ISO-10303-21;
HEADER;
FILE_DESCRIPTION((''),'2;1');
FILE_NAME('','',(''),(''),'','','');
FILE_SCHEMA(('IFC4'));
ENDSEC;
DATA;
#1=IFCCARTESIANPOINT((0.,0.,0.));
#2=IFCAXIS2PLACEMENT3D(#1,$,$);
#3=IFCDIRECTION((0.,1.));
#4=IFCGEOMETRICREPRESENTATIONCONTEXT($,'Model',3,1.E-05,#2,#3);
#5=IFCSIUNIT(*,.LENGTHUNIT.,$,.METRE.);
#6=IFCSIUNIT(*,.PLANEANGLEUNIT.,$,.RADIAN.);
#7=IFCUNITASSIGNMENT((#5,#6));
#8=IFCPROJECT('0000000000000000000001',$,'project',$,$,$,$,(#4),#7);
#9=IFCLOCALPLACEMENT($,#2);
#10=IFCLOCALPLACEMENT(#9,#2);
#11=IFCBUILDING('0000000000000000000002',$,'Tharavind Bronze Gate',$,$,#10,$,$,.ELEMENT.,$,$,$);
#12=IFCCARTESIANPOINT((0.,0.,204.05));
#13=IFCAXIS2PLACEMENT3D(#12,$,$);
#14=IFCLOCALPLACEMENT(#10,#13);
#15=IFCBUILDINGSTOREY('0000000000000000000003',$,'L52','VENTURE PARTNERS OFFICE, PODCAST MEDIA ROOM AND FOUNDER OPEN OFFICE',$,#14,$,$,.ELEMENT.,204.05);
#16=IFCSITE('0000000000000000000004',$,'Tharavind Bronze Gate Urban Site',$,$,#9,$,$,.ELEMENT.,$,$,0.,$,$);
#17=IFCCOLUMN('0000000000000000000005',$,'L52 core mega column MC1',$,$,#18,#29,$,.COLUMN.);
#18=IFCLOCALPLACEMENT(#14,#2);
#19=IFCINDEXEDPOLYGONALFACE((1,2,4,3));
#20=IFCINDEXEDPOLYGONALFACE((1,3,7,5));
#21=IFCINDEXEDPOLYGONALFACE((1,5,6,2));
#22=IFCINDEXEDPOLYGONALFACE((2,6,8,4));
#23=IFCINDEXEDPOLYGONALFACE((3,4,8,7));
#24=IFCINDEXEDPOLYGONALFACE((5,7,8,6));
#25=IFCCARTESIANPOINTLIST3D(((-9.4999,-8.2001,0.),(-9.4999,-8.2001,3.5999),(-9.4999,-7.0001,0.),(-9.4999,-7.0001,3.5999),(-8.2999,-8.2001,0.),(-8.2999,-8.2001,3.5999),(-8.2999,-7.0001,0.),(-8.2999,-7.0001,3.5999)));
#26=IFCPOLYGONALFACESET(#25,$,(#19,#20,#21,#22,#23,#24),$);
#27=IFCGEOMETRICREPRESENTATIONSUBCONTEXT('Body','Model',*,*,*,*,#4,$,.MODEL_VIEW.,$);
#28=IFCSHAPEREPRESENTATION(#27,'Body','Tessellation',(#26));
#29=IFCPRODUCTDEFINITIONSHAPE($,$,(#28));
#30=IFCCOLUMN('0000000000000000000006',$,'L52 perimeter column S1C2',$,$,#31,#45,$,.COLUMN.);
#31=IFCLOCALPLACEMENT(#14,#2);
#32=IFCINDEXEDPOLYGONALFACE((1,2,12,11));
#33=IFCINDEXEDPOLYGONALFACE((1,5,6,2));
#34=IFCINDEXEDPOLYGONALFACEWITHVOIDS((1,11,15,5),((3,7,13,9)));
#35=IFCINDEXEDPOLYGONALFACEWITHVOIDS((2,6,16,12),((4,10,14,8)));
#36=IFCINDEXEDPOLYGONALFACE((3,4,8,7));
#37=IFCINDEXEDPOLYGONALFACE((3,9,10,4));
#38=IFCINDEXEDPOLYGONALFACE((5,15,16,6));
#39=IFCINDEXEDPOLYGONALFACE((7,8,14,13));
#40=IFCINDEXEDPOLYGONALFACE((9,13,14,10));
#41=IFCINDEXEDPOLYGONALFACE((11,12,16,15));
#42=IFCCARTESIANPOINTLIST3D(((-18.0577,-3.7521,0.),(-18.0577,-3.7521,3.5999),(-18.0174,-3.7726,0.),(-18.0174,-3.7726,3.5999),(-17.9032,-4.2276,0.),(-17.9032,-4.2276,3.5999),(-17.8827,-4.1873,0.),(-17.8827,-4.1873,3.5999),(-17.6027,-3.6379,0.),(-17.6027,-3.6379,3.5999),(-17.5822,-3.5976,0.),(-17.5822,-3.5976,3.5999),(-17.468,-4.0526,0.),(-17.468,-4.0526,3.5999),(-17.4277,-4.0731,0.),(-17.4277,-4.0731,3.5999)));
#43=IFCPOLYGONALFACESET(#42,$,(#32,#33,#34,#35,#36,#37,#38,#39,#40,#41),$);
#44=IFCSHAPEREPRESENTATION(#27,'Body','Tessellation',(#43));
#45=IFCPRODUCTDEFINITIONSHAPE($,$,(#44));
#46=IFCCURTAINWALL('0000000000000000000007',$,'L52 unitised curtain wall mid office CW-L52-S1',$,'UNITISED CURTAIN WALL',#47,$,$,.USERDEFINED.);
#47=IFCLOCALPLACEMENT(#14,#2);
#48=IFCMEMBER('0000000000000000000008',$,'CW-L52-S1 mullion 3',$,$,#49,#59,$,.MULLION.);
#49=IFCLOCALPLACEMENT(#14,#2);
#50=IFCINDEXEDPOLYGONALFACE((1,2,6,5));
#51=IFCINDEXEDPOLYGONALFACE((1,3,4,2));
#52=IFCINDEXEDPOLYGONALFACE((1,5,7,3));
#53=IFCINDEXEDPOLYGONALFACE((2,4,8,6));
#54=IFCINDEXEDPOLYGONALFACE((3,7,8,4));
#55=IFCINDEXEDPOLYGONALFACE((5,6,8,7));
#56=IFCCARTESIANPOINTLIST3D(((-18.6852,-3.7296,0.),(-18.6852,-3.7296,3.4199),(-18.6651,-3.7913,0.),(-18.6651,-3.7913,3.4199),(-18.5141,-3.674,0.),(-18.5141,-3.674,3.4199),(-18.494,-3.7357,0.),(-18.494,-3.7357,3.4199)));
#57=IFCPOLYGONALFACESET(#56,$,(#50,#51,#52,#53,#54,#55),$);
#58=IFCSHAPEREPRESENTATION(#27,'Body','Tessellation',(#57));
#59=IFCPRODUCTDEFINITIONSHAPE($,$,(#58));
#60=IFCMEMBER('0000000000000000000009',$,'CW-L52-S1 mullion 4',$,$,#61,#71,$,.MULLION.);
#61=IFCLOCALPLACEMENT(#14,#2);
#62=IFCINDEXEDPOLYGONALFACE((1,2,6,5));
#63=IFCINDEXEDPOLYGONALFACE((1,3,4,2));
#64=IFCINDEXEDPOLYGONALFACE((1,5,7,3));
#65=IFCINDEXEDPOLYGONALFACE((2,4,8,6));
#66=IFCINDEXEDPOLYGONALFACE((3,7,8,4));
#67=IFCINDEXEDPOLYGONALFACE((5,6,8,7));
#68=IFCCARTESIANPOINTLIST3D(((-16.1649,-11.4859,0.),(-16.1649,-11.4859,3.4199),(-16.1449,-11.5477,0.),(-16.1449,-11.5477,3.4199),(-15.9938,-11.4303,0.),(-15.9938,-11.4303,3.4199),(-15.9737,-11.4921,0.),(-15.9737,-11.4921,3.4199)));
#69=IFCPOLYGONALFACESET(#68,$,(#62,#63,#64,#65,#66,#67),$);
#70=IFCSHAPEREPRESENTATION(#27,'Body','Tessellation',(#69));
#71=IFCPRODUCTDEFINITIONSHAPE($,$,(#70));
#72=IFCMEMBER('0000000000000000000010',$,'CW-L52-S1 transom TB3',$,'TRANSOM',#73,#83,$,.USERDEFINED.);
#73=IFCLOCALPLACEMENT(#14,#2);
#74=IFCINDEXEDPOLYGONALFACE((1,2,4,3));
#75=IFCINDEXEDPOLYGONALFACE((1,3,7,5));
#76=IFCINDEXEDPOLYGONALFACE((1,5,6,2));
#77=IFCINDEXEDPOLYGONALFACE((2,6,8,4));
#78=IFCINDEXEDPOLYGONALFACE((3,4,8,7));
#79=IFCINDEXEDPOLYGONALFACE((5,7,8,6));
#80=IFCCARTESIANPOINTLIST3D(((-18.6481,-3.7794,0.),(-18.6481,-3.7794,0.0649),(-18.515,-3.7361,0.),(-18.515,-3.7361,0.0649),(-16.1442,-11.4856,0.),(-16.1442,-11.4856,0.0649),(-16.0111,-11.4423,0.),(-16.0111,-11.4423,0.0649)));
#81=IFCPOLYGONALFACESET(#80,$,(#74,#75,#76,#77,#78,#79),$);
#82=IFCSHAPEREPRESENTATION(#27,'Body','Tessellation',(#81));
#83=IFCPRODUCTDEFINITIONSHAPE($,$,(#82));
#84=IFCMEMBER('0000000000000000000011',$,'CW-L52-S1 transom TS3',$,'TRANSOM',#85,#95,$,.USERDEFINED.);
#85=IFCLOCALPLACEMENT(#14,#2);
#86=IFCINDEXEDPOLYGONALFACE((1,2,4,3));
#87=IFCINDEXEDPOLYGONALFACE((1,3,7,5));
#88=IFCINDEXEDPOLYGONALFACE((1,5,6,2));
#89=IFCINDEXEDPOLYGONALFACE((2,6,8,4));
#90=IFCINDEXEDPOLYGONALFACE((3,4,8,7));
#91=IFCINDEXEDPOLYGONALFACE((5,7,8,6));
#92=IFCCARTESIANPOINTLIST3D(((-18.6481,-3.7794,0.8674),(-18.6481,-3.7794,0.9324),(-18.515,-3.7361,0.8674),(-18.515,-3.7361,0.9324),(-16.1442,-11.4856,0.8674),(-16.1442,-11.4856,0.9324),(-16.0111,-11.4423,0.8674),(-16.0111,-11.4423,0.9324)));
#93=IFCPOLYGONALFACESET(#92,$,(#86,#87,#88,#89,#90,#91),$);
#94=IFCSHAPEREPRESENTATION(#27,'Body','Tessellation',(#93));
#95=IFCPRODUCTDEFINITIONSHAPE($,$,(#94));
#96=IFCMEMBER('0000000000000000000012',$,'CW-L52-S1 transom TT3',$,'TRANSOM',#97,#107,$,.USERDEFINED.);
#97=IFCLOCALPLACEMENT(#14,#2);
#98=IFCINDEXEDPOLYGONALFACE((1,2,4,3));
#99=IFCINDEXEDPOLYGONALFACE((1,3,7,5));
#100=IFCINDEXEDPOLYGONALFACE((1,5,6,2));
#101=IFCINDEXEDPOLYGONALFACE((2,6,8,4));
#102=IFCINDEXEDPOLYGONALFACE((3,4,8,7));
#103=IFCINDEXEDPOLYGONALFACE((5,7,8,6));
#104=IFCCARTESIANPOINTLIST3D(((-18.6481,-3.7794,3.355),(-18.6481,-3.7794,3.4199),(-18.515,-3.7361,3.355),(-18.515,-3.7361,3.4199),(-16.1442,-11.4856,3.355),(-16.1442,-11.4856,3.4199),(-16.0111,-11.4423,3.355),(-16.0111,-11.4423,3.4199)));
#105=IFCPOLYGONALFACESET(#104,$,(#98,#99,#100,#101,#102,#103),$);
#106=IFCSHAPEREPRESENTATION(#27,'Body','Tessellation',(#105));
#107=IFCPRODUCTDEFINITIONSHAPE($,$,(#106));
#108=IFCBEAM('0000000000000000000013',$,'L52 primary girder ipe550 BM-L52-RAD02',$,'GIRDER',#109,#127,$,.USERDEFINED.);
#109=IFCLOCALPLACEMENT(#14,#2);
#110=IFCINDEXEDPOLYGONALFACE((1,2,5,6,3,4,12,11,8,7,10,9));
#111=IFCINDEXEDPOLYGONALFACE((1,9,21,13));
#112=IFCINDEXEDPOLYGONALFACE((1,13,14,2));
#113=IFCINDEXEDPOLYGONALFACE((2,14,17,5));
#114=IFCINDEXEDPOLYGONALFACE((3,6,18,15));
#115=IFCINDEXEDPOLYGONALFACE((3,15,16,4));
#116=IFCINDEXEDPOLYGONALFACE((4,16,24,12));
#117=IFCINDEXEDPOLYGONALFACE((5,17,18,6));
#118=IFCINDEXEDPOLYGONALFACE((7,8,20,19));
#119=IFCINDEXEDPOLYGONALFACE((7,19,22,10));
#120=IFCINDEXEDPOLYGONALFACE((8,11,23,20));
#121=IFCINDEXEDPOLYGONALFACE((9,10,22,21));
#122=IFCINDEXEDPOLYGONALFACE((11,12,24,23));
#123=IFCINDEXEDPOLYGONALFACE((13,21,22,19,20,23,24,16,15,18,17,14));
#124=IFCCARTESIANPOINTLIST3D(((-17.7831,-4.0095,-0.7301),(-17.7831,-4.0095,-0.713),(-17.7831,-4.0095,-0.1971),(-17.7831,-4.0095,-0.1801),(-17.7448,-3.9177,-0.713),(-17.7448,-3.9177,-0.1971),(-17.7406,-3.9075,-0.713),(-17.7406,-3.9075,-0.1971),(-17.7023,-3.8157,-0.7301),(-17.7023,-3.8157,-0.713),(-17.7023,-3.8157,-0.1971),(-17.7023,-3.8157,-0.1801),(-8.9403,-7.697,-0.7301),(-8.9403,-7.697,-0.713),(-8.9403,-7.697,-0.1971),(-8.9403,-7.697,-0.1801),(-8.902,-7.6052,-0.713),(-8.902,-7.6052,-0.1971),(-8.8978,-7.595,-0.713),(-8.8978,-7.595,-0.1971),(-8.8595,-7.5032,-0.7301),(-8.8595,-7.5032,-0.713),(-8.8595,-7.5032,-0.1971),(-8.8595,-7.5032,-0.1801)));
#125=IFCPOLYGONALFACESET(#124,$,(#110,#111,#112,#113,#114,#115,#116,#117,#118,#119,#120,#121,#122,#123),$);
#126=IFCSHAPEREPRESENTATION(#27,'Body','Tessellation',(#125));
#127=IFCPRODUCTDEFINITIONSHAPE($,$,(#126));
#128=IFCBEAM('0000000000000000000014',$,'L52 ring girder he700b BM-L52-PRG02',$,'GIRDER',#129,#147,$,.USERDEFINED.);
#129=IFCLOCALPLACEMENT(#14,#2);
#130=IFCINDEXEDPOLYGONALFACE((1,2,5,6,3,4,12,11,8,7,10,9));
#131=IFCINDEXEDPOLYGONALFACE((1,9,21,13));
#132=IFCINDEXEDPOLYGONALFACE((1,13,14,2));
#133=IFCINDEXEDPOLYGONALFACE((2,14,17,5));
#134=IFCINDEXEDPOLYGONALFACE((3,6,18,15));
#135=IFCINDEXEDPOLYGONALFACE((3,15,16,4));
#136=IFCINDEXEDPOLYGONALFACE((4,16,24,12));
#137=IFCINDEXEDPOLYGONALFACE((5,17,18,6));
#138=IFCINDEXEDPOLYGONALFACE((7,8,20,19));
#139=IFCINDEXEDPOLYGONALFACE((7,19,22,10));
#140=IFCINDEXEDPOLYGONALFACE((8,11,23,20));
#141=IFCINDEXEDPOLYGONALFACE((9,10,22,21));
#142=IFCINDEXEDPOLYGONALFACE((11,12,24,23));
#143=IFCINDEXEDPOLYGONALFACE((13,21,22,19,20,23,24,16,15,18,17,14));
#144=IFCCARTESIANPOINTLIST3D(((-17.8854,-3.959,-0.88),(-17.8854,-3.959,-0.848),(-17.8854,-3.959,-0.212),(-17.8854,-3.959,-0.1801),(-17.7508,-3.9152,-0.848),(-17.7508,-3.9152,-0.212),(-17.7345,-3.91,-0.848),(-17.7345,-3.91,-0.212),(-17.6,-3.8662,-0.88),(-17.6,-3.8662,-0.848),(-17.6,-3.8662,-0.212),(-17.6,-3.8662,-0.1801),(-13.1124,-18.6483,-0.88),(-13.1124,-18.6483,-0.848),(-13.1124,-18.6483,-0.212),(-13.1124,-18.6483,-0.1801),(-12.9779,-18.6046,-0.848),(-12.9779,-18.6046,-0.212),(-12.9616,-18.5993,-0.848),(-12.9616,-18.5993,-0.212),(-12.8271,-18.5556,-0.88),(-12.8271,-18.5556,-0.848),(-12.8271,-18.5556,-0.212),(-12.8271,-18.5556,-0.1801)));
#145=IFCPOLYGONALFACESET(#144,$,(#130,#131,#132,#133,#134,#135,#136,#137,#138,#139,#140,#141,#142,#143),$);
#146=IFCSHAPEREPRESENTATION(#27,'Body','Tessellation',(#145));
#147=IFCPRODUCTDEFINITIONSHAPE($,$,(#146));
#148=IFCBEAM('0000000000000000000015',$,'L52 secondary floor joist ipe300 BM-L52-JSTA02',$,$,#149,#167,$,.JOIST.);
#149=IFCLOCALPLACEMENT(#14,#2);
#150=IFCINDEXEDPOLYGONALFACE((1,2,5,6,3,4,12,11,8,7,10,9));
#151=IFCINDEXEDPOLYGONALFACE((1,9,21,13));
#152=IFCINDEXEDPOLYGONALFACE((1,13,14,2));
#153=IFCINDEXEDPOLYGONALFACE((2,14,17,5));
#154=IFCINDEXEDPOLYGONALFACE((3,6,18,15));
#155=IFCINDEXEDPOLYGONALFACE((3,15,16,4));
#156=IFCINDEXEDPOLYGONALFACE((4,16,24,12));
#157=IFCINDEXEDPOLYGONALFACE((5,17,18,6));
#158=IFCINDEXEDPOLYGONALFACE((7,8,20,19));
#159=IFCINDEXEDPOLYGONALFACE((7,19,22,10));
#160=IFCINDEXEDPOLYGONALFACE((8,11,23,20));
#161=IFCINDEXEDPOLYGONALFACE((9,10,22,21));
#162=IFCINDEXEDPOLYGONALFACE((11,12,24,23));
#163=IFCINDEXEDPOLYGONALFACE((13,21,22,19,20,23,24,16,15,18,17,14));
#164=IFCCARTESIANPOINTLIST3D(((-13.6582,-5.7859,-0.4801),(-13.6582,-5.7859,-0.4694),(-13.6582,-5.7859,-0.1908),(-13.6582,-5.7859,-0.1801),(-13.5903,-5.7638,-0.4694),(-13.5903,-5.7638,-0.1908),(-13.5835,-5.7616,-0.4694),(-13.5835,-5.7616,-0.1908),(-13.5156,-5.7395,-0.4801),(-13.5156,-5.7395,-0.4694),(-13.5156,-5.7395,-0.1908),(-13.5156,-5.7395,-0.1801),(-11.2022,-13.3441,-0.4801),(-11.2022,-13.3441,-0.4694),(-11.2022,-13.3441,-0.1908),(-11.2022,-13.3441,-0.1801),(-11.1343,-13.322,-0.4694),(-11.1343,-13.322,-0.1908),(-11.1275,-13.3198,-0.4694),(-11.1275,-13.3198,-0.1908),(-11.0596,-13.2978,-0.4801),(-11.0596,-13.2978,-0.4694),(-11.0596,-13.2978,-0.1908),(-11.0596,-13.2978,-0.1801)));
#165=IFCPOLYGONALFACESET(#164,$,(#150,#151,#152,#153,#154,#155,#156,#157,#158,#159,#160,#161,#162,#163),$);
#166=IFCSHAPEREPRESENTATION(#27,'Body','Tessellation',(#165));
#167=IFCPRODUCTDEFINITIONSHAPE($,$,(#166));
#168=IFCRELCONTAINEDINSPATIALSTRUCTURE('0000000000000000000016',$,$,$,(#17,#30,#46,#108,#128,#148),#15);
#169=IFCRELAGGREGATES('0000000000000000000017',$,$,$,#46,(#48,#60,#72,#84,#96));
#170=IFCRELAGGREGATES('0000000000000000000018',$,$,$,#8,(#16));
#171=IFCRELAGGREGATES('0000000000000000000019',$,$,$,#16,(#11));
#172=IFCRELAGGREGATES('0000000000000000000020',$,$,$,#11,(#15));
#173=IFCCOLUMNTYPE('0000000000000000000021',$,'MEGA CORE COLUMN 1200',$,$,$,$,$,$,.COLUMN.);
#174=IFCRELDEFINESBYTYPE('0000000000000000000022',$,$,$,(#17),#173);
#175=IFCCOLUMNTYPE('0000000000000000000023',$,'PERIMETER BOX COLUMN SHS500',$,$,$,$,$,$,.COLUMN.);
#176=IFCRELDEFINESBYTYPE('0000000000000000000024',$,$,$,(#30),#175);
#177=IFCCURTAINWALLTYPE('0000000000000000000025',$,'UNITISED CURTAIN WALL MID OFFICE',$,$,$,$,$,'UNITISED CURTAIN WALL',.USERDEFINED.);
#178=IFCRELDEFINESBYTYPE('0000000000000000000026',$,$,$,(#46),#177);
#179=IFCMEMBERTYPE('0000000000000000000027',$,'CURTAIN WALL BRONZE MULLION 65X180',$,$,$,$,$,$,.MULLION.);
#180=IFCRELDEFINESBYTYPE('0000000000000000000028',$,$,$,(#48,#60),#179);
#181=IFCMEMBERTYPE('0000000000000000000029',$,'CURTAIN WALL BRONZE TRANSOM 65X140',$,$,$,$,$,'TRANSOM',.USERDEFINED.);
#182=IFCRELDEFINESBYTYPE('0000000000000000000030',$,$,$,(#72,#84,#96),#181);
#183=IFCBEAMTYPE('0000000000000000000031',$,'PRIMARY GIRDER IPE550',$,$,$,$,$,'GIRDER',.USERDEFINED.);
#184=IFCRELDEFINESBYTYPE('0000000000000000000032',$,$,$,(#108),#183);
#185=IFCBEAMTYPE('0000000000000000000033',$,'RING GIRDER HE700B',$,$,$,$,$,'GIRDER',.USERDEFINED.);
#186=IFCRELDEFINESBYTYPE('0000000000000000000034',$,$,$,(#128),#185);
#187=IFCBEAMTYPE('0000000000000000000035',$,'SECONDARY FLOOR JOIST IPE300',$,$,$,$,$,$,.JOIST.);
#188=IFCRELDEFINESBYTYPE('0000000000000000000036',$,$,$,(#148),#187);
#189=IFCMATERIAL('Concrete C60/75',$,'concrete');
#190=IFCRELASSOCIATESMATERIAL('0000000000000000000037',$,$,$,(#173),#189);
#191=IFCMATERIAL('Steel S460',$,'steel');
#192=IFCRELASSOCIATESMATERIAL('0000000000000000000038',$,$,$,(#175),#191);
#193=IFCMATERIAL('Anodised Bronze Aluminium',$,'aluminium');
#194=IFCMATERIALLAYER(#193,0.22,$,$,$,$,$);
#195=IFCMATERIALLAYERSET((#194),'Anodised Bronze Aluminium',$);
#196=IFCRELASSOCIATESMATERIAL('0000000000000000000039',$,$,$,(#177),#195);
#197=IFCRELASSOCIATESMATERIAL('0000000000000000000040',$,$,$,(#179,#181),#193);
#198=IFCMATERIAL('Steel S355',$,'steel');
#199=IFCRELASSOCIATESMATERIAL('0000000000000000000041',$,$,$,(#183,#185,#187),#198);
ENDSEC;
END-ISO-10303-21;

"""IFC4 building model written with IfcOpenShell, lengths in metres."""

from ifc_helpers import new_model, si_unit, direction, frame, origin, origin_2d, place, context, subcontext, project, spatial, rectangle, hollow_rectangle, i_section, extrude, material, layer, layer_set, material_profile, profile_set, type_object, element, aggregate, save


model = new_model("IFC4")

# Units and contexts
model_context = context("Model", 3, precision=1e-05, world=origin(), true_north=direction((0.0, 1.0)))
body_context = subcontext(model_context, "Body", "Model", "MODEL_VIEW")
ifc_project = project(units=[si_unit("LENGTHUNIT", "METRE"), si_unit("PLANEANGLEUNIT", "RADIAN")], contexts=[model_context])

# Site, building, storey
site_placement = place(None, origin())
site = spatial("IfcSite", under=ifc_project, at=site_placement, Name="Tharavind Bronze Gate Urban Site", CompositionType="ELEMENT", RefElevation=0.0)
building_placement = place(site_placement, origin())
building = spatial("IfcBuilding", under=site, at=building_placement, Name="Tharavind Bronze Gate", CompositionType="ELEMENT")
storey_placement = place(building_placement, frame((0.0, 0.0, 204.05)))
storey = spatial("IfcBuildingStorey", under=building, at=storey_placement, Name="L52", Description="VENTURE PARTNERS OFFICE, PODCAST MEDIA ROOM AND FOUNDER OPEN OFFICE", CompositionType="ELEMENT", Elevation=204.05)

# Columns
ifc_material_1 = material(Name="Concrete C60/75", Category="concrete")
ifc_material_profile_1 = material_profile(ifc_material_1, rectangle(XDim=1.2, YDim=1.2, at=origin_2d()), Name="RCCOL1200")
ifc_profile_set_1 = profile_set([ifc_material_profile_1], Name="Concrete C60/75")
column_type_1 = type_object("IfcColumnType", Name="MEGA CORE COLUMN 1200", PredefinedType="COLUMN", material=ifc_profile_set_1)
column_1_placement = place(storey_placement, frame((-8.8999, -7.6001, 0.0), z_axis=(0.0, 0.0, 1.0), x_axis=(1.0, 0.0, 0.0)))
element("IfcColumn", 1, at=column_1_placement, inside=storey, type_object=column_type_1, Name="L52 core mega column MC1", PredefinedType="COLUMN", context=body_context, shape_type="SweptSolid", body=[
    extrude(rectangle(XDim=1.2, YDim=1.2, at=origin_2d()), origin(), (0.0, 0.0, 1.0), 3.5999),
])
ifc_material_2 = material(Name="Steel S460", Category="steel")
ifc_material_profile_2 = material_profile(ifc_material_2, hollow_rectangle(XDim=0.5, YDim=0.5, WallThickness=0.032, at=origin_2d()), Name="SHS500X32")
ifc_profile_set_2 = profile_set([ifc_material_profile_2], Name="Steel S460")
column_type_2 = type_object("IfcColumnType", Name="PERIMETER BOX COLUMN SHS500", PredefinedType="COLUMN", material=ifc_profile_set_2)
column_2_placement = place(storey_placement, frame((-17.7427, -3.9126, 0.0), z_axis=(0.0, 0.0, 1.0), x_axis=(-0.309017, 0.951057, 0.0)))
element("IfcColumn", 2, at=column_2_placement, inside=storey, type_object=column_type_2, Name="L52 perimeter column S1C2", PredefinedType="COLUMN", context=body_context, shape_type="SweptSolid", body=[
    extrude(hollow_rectangle(XDim=0.5, YDim=0.5, WallThickness=0.032, at=origin_2d()), origin(), (0.0, 0.0, 1.0), 3.5999),
])

# Curtain wall, members
ifc_material_3 = material(Name="Anodised Bronze Aluminium", Category="aluminium")
ifc_layer_1 = layer(ifc_material_3, 0.22)
ifc_layer_set_1 = layer_set([ifc_layer_1], Name="Anodised Bronze Aluminium")
curtain_wall_type = type_object("IfcCurtainWallType", Name="UNITISED CURTAIN WALL MID OFFICE", ElementType="UNITISED CURTAIN WALL", PredefinedType="USERDEFINED", material=ifc_layer_set_1)
curtain_wall_placement = place(storey_placement, origin())
curtain_wall = element("IfcCurtainWall", 3, at=curtain_wall_placement, inside=storey, type_object=curtain_wall_type, Name="L52 unitised curtain wall mid office CW-L52-S1", ObjectType="UNITISED CURTAIN WALL", PredefinedType="USERDEFINED")
member_type_1 = type_object("IfcMemberType", Name="CURTAIN WALL BRONZE MULLION 65X180", PredefinedType="MULLION", material=ifc_material_3)
member_1_placement = place(storey_placement, frame((-18.5896, -3.7327, 0.0), z_axis=(0.0, 0.0, 1.0), x_axis=(0.309017, -0.951057, 0.0)))
member_1 = element("IfcMember", 4, at=member_1_placement, type_object=member_type_1, Name="CW-L52-S1 mullion 3", PredefinedType="MULLION", context=body_context, shape_type="SweptSolid", body=[
    extrude(rectangle(XDim=0.0649, YDim=0.1799, at=origin_2d()), origin(), (0.0, 0.0, 1.0), 3.4199),
])
member_2_placement = place(storey_placement, frame((-16.0693, -11.489, 0.0), z_axis=(0.0, 0.0, 1.0), x_axis=(0.309017, -0.951057, 0.0)))
member_2 = element("IfcMember", 5, at=member_2_placement, type_object=member_type_1, Name="CW-L52-S1 mullion 4", PredefinedType="MULLION", context=body_context, shape_type="SweptSolid", body=[
    extrude(rectangle(XDim=0.0649, YDim=0.1799, at=origin_2d()), origin(), (0.0, 0.0, 1.0), 3.4199),
])
member_type_2 = type_object("IfcMemberType", Name="CURTAIN WALL BRONZE TRANSOM 65X140", ElementType="TRANSOM", PredefinedType="USERDEFINED", material=ifc_material_3)
member_3_placement = place(storey_placement, frame((-17.3296, -7.6108, 0.0), z_axis=(0.0, 0.0, 1.0), x_axis=(0.309017, -0.951057, 0.0)))
member_3 = element("IfcMember", 6, at=member_3_placement, type_object=member_type_2, Name="CW-L52-S1 transom TB3", ObjectType="TRANSOM", PredefinedType="USERDEFINED", context=body_context, shape_type="SweptSolid", body=[
    extrude(rectangle(XDim=8.1028, YDim=0.1399, at=origin_2d()), origin(), (0.0, 0.0, 1.0), 0.0649),
])
member_4_placement = place(storey_placement, frame((-17.3296, -7.6108, 0.8674), z_axis=(0.0, 0.0, 1.0), x_axis=(0.309017, -0.951057, 0.0)))
member_4 = element("IfcMember", 7, at=member_4_placement, type_object=member_type_2, Name="CW-L52-S1 transom TS3", ObjectType="TRANSOM", PredefinedType="USERDEFINED", context=body_context, shape_type="SweptSolid", body=[
    extrude(rectangle(XDim=8.1028, YDim=0.1399, at=origin_2d()), origin(), (0.0, 0.0, 1.0), 0.0649),
])
member_5_placement = place(storey_placement, frame((-17.3296, -7.6108, 3.355), z_axis=(0.0, 0.0, 1.0), x_axis=(0.309017, -0.951057, 0.0)))
member_5 = element("IfcMember", 8, at=member_5_placement, type_object=member_type_2, Name="CW-L52-S1 transom TT3", ObjectType="TRANSOM", PredefinedType="USERDEFINED", context=body_context, shape_type="SweptSolid", body=[
    extrude(rectangle(XDim=8.1028, YDim=0.1399, at=origin_2d()), origin(), (0.0, 0.0, 1.0), 0.0649),
])

# Beams
ifc_material_4 = material(Name="Steel S355", Category="steel")
ifc_material_profile_3 = material_profile(ifc_material_4, i_section(OverallWidth=0.21, OverallDepth=0.55, WebThickness=0.011, FlangeThickness=0.0171, at=origin_2d()), Name="IPE550")
ifc_profile_set_3 = profile_set([ifc_material_profile_3], Name="Steel S355")
beam_type_1 = type_object("IfcBeamType", Name="PRIMARY GIRDER IPE550", ElementType="GIRDER", PredefinedType="USERDEFINED", material=ifc_profile_set_3)
beam_1_placement = place(storey_placement, frame((-17.7427, -3.9126, -0.4551), z_axis=(0.922965, -0.384883, 0.0), x_axis=(0.384883, 0.922965, 0.0)))
element("IfcBeam", 9, at=beam_1_placement, inside=storey, type_object=beam_type_1, Name="L52 primary girder ipe550 BM-L52-RAD02", ObjectType="GIRDER", PredefinedType="USERDEFINED", context=body_context, shape_type="SweptSolid", body=[
    extrude(i_section(OverallWidth=0.21, OverallDepth=0.55, WebThickness=0.011, FlangeThickness=0.0171, at=origin_2d()), origin(), (0.0, 0.0, 1.0), 9.5808),
])
ifc_material_profile_4 = material_profile(ifc_material_4, i_section(OverallWidth=0.3, OverallDepth=0.7, WebThickness=0.0171, FlangeThickness=0.032, at=origin_2d()), Name="HE700B")
ifc_profile_set_4 = profile_set([ifc_material_profile_4], Name="Steel S355")
beam_type_2 = type_object("IfcBeamType", Name="RING GIRDER HE700B", ElementType="GIRDER", PredefinedType="USERDEFINED", material=ifc_profile_set_4)
beam_2_placement = place(storey_placement, frame((-17.7427, -3.9126, -0.53), z_axis=(0.30902, -0.951055, 0.0), x_axis=(0.951055, 0.30902, 0.0)))
element("IfcBeam", 10, at=beam_2_placement, inside=storey, type_object=beam_type_2, Name="L52 ring girder he700b BM-L52-PRG02", ObjectType="GIRDER", PredefinedType="USERDEFINED", context=body_context, shape_type="SweptSolid", body=[
    extrude(i_section(OverallWidth=0.3, OverallDepth=0.7, WebThickness=0.0171, FlangeThickness=0.032, at=origin_2d()), origin(), (0.0, 0.0, 1.0), 15.4453),
])
ifc_material_profile_5 = material_profile(ifc_material_4, i_section(OverallWidth=0.1499, OverallDepth=0.3, WebThickness=0.0071, FlangeThickness=0.0107, at=origin_2d()), Name="IPE300")
ifc_profile_set_5 = profile_set([ifc_material_profile_5], Name="Steel S355")
beam_type_3 = type_object("IfcBeamType", Name="SECONDARY FLOOR JOIST IPE300", PredefinedType="JOIST", material=ifc_profile_set_5)
beam_3_placement = place(storey_placement, frame((-13.5869, -5.7627, -0.3301), z_axis=(0.30904, -0.951049, 0.0), x_axis=(0.951049, 0.30904, 0.0)))
element("IfcBeam", 11, at=beam_3_placement, inside=storey, type_object=beam_type_3, Name="L52 secondary floor joist ipe300 BM-L52-JSTA02", PredefinedType="JOIST", context=body_context, shape_type="SweptSolid", body=[
    extrude(i_section(OverallWidth=0.1499, OverallDepth=0.3, WebThickness=0.0071, FlangeThickness=0.0107, at=origin_2d()), origin(), (0.0, 0.0, 1.0), 7.9473),
])

aggregate(curtain_wall, [member_1, member_2, member_3, member_4, member_5])

save(model, "model.ifc")
